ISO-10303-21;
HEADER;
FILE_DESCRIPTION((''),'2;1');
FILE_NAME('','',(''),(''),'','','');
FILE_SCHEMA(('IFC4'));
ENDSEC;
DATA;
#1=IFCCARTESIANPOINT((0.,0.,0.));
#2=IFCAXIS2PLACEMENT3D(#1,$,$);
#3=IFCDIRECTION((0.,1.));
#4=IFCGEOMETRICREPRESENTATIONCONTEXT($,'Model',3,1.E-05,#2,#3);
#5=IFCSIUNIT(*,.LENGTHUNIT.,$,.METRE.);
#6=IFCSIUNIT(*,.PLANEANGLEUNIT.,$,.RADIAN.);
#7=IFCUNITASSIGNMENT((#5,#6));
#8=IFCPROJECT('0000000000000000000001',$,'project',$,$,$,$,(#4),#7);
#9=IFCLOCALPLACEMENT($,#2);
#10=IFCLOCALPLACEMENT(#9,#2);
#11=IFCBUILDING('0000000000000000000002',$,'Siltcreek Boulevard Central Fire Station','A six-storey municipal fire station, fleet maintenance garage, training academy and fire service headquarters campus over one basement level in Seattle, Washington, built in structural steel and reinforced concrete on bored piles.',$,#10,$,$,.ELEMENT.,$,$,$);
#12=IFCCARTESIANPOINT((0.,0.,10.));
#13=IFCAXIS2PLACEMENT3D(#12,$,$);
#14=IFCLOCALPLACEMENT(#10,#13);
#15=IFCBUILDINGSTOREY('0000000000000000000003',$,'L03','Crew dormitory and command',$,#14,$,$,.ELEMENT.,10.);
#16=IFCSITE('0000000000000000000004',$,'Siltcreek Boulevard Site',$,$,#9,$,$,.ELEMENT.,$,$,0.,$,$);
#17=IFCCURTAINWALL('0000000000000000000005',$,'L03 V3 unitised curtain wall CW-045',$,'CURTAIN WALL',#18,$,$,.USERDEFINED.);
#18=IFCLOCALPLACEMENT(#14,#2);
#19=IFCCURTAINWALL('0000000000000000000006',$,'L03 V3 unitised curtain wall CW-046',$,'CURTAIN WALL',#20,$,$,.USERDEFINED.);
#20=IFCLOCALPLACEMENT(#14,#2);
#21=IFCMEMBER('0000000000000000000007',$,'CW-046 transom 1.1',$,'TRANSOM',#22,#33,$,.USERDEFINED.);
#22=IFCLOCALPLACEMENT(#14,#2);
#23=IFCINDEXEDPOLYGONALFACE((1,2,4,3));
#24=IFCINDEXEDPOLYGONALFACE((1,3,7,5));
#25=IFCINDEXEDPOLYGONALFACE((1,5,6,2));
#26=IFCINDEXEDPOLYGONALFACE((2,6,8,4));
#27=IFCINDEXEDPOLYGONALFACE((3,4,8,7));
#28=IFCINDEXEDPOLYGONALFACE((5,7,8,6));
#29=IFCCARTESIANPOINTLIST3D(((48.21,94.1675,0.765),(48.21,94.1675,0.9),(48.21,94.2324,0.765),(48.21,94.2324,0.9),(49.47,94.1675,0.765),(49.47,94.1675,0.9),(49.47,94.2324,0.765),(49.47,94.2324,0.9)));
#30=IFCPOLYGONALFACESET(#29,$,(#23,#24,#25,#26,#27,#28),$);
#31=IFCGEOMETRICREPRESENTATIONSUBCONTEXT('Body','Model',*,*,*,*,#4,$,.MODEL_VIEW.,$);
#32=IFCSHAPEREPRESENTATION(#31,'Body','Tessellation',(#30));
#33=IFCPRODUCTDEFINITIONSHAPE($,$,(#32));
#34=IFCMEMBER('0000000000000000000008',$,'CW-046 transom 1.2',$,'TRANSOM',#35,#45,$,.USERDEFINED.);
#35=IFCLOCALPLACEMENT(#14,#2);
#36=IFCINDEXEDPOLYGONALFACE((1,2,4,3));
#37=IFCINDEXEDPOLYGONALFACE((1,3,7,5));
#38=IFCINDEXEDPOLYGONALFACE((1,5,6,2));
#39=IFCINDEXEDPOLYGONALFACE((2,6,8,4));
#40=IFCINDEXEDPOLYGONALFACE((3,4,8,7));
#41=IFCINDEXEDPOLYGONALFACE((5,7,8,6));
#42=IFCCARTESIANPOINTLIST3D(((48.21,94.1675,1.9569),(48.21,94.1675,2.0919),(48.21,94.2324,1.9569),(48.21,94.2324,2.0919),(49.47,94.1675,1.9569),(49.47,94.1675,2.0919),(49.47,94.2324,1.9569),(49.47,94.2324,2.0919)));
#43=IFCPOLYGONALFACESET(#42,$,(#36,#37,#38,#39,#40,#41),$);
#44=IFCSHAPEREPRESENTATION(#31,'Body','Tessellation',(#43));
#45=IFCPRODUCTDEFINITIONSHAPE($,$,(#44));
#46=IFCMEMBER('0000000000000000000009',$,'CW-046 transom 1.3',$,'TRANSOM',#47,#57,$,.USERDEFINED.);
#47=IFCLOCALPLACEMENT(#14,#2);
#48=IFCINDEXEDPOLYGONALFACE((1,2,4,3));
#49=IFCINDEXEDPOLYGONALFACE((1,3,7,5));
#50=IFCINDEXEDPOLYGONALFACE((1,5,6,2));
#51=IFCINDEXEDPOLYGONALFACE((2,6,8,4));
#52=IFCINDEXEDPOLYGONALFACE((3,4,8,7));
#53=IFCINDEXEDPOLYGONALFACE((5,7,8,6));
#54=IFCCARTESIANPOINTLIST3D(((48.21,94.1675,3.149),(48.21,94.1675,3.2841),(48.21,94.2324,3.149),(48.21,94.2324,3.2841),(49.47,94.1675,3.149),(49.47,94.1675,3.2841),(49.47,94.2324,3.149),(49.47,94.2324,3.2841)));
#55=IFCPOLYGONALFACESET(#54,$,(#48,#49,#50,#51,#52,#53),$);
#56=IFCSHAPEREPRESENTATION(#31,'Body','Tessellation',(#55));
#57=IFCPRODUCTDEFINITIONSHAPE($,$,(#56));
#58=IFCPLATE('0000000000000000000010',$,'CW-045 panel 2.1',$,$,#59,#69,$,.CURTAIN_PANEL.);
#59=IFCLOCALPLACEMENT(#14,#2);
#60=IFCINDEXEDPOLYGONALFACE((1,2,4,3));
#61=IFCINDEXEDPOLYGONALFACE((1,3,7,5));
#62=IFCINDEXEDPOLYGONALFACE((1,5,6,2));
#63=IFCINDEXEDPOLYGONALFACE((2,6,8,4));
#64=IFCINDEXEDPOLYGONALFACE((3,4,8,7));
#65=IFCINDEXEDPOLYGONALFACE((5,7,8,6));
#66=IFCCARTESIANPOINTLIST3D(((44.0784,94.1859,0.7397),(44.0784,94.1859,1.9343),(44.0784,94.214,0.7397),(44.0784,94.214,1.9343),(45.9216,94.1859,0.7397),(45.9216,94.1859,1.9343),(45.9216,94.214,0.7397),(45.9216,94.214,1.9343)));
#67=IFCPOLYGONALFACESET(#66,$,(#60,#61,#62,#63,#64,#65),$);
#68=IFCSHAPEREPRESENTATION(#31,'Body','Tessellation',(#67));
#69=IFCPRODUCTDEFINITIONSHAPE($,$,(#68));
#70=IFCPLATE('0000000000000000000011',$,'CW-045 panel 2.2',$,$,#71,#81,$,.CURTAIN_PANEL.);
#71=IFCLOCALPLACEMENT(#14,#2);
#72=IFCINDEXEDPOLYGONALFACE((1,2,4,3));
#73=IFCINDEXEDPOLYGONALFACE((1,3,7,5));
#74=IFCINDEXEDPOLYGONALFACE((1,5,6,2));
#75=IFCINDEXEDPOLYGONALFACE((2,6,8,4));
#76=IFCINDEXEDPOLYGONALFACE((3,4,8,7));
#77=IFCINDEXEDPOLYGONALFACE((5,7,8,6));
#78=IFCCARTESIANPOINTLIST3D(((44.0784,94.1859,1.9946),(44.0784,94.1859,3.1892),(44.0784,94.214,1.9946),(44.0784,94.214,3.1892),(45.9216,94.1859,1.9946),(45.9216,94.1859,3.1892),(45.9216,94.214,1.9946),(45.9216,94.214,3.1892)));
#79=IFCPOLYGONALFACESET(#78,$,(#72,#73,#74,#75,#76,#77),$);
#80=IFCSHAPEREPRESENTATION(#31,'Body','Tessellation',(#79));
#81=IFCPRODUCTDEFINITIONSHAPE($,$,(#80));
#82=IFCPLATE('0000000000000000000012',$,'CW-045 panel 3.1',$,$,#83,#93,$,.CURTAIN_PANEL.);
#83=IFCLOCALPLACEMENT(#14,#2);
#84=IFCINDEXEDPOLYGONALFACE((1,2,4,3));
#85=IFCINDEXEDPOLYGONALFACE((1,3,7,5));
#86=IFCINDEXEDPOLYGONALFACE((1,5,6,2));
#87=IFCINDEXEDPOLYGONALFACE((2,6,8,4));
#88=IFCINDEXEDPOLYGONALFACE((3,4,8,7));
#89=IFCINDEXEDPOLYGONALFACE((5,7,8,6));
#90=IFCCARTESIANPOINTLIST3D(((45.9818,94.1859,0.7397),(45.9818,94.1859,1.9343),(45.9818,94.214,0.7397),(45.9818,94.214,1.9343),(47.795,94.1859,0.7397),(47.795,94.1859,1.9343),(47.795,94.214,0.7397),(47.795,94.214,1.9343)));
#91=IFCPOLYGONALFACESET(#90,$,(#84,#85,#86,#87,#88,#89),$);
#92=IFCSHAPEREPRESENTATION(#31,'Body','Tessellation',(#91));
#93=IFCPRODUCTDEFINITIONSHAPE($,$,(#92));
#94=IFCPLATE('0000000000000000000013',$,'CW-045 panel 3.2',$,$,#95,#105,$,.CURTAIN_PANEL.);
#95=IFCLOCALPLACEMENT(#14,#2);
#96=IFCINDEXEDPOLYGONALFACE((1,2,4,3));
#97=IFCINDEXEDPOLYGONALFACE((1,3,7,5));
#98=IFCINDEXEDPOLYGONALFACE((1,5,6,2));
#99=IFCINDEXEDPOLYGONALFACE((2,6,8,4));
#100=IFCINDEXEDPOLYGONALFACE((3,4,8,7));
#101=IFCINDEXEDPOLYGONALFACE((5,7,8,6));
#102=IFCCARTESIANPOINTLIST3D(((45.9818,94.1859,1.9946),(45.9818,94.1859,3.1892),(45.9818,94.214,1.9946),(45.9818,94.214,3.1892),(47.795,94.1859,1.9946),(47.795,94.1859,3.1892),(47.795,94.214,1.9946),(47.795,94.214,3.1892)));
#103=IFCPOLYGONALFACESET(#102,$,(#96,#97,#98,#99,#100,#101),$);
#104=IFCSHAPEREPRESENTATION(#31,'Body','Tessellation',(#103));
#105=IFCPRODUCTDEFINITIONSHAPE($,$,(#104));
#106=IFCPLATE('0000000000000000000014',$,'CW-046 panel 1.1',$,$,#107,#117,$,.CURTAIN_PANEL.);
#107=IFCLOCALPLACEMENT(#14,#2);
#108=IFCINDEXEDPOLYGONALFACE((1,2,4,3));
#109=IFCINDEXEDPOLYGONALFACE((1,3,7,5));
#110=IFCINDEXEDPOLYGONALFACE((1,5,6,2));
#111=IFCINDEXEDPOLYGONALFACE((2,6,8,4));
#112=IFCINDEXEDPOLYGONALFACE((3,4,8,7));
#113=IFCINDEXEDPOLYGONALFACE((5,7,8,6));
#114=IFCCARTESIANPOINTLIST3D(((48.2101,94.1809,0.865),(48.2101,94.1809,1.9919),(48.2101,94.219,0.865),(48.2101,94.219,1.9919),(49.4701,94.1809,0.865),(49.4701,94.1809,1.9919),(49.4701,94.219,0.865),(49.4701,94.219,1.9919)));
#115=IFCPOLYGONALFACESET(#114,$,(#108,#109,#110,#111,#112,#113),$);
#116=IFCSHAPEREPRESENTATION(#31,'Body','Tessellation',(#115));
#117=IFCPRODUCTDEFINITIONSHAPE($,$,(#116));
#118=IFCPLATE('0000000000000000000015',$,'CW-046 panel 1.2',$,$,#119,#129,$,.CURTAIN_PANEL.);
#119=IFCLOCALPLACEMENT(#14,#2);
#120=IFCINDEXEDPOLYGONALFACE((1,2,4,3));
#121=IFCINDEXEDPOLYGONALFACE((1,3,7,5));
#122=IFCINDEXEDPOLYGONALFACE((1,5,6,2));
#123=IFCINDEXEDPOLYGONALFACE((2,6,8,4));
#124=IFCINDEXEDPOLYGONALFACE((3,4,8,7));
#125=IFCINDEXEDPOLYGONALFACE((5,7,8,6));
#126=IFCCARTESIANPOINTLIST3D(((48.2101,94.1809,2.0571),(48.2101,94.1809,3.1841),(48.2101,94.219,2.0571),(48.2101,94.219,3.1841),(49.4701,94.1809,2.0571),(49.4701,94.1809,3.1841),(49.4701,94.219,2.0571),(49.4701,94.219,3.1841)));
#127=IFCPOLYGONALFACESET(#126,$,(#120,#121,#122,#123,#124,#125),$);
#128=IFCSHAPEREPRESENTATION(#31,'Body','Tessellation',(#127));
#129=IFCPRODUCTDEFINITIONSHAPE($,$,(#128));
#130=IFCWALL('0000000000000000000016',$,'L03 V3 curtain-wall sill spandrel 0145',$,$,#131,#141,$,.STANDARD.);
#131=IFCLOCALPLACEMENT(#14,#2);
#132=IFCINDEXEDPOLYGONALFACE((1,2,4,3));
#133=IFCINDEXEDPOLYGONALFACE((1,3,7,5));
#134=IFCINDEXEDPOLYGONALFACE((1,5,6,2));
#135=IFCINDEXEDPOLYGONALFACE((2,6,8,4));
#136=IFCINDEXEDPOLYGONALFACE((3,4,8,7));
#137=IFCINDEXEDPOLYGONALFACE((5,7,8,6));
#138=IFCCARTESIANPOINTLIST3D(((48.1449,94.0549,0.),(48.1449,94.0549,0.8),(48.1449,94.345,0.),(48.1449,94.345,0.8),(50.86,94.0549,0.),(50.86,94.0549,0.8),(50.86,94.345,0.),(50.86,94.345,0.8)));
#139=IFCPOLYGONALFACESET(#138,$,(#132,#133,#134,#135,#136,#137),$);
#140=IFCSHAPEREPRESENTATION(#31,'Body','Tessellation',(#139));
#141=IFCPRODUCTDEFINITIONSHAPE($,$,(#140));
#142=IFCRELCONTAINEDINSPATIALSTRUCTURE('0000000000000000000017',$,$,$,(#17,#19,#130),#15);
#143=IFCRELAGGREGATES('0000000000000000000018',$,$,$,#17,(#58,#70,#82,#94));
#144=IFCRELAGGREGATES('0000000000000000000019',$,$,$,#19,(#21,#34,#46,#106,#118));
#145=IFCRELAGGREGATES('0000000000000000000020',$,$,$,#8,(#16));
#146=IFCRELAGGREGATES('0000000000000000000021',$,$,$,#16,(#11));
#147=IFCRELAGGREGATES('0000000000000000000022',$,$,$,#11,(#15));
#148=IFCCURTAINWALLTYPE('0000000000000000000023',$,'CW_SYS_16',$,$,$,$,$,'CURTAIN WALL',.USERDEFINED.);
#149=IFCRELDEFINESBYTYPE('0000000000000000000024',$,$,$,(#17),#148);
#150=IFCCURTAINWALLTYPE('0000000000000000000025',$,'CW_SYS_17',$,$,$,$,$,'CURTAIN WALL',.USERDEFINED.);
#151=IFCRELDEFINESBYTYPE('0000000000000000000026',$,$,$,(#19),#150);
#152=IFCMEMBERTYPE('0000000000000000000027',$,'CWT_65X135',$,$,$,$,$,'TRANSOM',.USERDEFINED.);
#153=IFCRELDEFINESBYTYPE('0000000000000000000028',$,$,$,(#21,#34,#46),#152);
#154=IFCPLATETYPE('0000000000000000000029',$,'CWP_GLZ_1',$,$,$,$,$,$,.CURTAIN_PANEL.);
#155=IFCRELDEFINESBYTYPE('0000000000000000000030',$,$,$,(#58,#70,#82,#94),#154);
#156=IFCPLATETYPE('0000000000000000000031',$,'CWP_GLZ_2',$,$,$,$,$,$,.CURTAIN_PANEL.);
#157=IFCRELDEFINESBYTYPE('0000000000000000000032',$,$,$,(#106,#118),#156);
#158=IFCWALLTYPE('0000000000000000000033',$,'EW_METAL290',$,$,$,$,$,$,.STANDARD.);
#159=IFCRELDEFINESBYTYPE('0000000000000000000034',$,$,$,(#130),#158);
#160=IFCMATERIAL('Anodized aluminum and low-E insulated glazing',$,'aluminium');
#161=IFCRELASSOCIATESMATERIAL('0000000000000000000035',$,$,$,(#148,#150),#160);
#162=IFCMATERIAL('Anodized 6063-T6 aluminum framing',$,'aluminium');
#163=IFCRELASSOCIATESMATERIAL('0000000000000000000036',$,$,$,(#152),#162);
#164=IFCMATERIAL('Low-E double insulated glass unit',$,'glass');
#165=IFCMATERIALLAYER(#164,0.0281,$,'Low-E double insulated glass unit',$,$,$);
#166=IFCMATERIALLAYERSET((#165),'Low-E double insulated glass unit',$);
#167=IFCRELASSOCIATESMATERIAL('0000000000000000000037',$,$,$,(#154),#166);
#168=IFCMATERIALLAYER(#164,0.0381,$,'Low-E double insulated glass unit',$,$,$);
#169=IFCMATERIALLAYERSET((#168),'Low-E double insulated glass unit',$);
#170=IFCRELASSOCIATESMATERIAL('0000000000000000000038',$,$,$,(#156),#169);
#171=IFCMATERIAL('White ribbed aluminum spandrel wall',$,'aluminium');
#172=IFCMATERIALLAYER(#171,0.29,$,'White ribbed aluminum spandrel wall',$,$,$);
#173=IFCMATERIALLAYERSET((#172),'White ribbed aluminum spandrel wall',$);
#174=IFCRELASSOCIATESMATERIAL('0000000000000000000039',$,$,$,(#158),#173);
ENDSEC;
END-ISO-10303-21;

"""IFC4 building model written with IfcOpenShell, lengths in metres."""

from ifc_helpers import new_model, si_unit, direction, frame, frame_2d, origin, origin_2d, place, context, subcontext, project, spatial, rectangle, extrude, material, layer, layer_set, material_profile, profile_set, type_object, element, aggregate, save


model = new_model("IFC4")

# Units and contexts
model_context = context("Model", 3, precision=1e-05, world=origin(), true_north=direction((0.0, 1.0)))
body_context = subcontext(model_context, "Body", "Model", "MODEL_VIEW")
ifc_project = project(units=[si_unit("LENGTHUNIT", "METRE"), si_unit("PLANEANGLEUNIT", "RADIAN")], contexts=[model_context])

# Site, building, storey
site_placement = place(None, origin())
site = spatial("IfcSite", under=ifc_project, at=site_placement, Name="Siltcreek Boulevard Site", CompositionType="ELEMENT", RefElevation=0.0)
building_placement = place(site_placement, origin())
building = spatial("IfcBuilding", under=site, at=building_placement, Name="Siltcreek Boulevard Central Fire Station", Description="A six-storey municipal fire station, fleet maintenance garage, training academy and fire service headquarters campus over one basement level in Seattle, Washington, built in structural steel and reinforced concrete on bored piles.", CompositionType="ELEMENT")
storey_placement = place(building_placement, frame((0.0, 0.0, 10.0)))
storey = spatial("IfcBuildingStorey", under=building, at=storey_placement, Name="L03", Description="Crew dormitory and command", CompositionType="ELEMENT", Elevation=10.0)

# Curtain wall
ifc_material_1 = material(Name="Anodized aluminum and low-E insulated glazing", Category="aluminium")
curtain_wall_type_1 = type_object("IfcCurtainWallType", Name="CW_SYS_16", ElementType="CURTAIN WALL", PredefinedType="USERDEFINED", material=ifc_material_1)
curtain_wall_1_placement = place(storey_placement, origin())
curtain_wall_1 = element("IfcCurtainWall", 1, at=curtain_wall_1_placement, inside=storey, type_object=curtain_wall_type_1, Name="L03 V3 unitised curtain wall CW-045", ObjectType="CURTAIN WALL", PredefinedType="USERDEFINED")
ifc_material_2 = material(Name="Anodized 6063-T6 aluminum framing", Category="aluminium")

# Curtain wall
curtain_wall_type_2 = type_object("IfcCurtainWallType", Name="CW_SYS_17", ElementType="CURTAIN WALL", PredefinedType="USERDEFINED", material=ifc_material_1)
curtain_wall_2_placement = place(storey_placement, origin())
curtain_wall_2 = element("IfcCurtainWall", 2, at=curtain_wall_2_placement, inside=storey, type_object=curtain_wall_type_2, Name="L03 V3 unitised curtain wall CW-046", ObjectType="CURTAIN WALL", PredefinedType="USERDEFINED")

# Members
ifc_material_profile_1 = material_profile(ifc_material_2, rectangle(XDim=0.0649, YDim=0.135, at=origin_2d()), Name="TRAN65X135")
ifc_profile_set_1 = profile_set([ifc_material_profile_1], Name="Anodized 6063-T6 aluminum framing")
member_type_1 = type_object("IfcMemberType", Name="CWT_65X135", ElementType="TRANSOM", PredefinedType="USERDEFINED", material=ifc_profile_set_1)
member_1_placement = place(storey_placement, frame((48.21, 94.2, 0.8325), z_axis=(1.0, 0.0, 0.0), x_axis=(0.0, 1.0, 0.0)))
member_1 = element("IfcMember", 3, at=member_1_placement, type_object=member_type_1, Name="CW-046 transom 1.1", ObjectType="TRANSOM", PredefinedType="USERDEFINED", context=body_context, shape_type="SweptSolid", body=[
    extrude(rectangle(XDim=0.0649, YDim=0.135, at=origin_2d()), origin(), (0.0, 0.0, 1.0), 1.26),
])
member_2_placement = place(storey_placement, frame((48.21, 94.2, 2.0244), z_axis=(1.0, 0.0, 0.0), x_axis=(0.0, 1.0, 0.0)))
member_2 = element("IfcMember", 4, at=member_2_placement, type_object=member_type_1, Name="CW-046 transom 1.2", ObjectType="TRANSOM", PredefinedType="USERDEFINED", context=body_context, shape_type="SweptSolid", body=[
    extrude(rectangle(XDim=0.0649, YDim=0.135, at=origin_2d()), origin(), (0.0, 0.0, 1.0), 1.26),
])
member_3_placement = place(storey_placement, frame((48.21, 94.2, 3.2166), z_axis=(1.0, 0.0, 0.0), x_axis=(0.0, 1.0, 0.0)))
member_3 = element("IfcMember", 5, at=member_3_placement, type_object=member_type_1, Name="CW-046 transom 1.3", ObjectType="TRANSOM", PredefinedType="USERDEFINED", context=body_context, shape_type="SweptSolid", body=[
    extrude(rectangle(XDim=0.0649, YDim=0.135, at=origin_2d()), origin(), (0.0, 0.0, 1.0), 1.26),
])

# Plates
ifc_material_3 = material(Name="Low-E double insulated glass unit", Category="glass")
ifc_layer_1 = layer(ifc_material_3, 0.0281, Name="Low-E double insulated glass unit")
ifc_layer_set_1 = layer_set([ifc_layer_1], Name="Low-E double insulated glass unit")
plate_type_1 = type_object("IfcPlateType", Name="CWP_GLZ_1", PredefinedType="CURTAIN_PANEL", material=ifc_layer_set_1)
plate_1_placement = place(storey_placement, frame((45.0, 94.2, 0.7397), z_axis=(0.0, 0.0, 1.0), x_axis=(1.0, 0.0, 0.0)))
plate_1 = element("IfcPlate", 6, at=plate_1_placement, type_object=plate_type_1, Name="CW-045 panel 2.1", PredefinedType="CURTAIN_PANEL", context=body_context, shape_type="SweptSolid", body=[
    extrude(rectangle(XDim=1.8433, YDim=0.0281, at=origin_2d()), origin(), (0.0, 0.0, 1.0), 1.1946),
])
plate_2_placement = place(storey_placement, frame((45.0, 94.2, 1.9946), z_axis=(0.0, 0.0, 1.0), x_axis=(1.0, 0.0, 0.0)))
plate_2 = element("IfcPlate", 7, at=plate_2_placement, type_object=plate_type_1, Name="CW-045 panel 2.2", PredefinedType="CURTAIN_PANEL", context=body_context, shape_type="SweptSolid", body=[
    extrude(rectangle(XDim=1.8433, YDim=0.0281, at=origin_2d()), origin(), (0.0, 0.0, 1.0), 1.1946),
])
plate_3_placement = place(storey_placement, frame((46.8884, 94.2, 0.7397), z_axis=(0.0, 0.0, 1.0), x_axis=(1.0, 0.0, 0.0)))
plate_3 = element("IfcPlate", 8, at=plate_3_placement, type_object=plate_type_1, Name="CW-045 panel 3.1", PredefinedType="CURTAIN_PANEL", context=body_context, shape_type="SweptSolid", body=[
    extrude(rectangle(XDim=1.8132, YDim=0.0281, at=origin_2d()), origin(), (0.0, 0.0, 1.0), 1.1946),
])
plate_4_placement = place(storey_placement, frame((46.8884, 94.2, 1.9946), z_axis=(0.0, 0.0, 1.0), x_axis=(1.0, 0.0, 0.0)))
plate_4 = element("IfcPlate", 9, at=plate_4_placement, type_object=plate_type_1, Name="CW-045 panel 3.2", PredefinedType="CURTAIN_PANEL", context=body_context, shape_type="SweptSolid", body=[
    extrude(rectangle(XDim=1.8132, YDim=0.0281, at=origin_2d()), origin(), (0.0, 0.0, 1.0), 1.1946),
])
aggregate(curtain_wall_1, [plate_1, plate_2, plate_3, plate_4])
ifc_layer_2 = layer(ifc_material_3, 0.0381, Name="Low-E double insulated glass unit")
ifc_layer_set_2 = layer_set([ifc_layer_2], Name="Low-E double insulated glass unit")
plate_type_2 = type_object("IfcPlateType", Name="CWP_GLZ_2", PredefinedType="CURTAIN_PANEL", material=ifc_layer_set_2)
plate_5_placement = place(storey_placement, frame((48.8401, 94.2, 0.865), z_axis=(0.0, 0.0, 1.0), x_axis=(1.0, 0.0, 0.0)))
plate_5 = element("IfcPlate", 10, at=plate_5_placement, type_object=plate_type_2, Name="CW-046 panel 1.1", PredefinedType="CURTAIN_PANEL", context=body_context, shape_type="SweptSolid", body=[
    extrude(rectangle(XDim=1.26, YDim=0.0381, at=origin_2d()), origin(), (0.0, 0.0, 1.0), 1.127),
])
plate_6_placement = place(storey_placement, frame((48.8401, 94.2, 2.0571), z_axis=(0.0, 0.0, 1.0), x_axis=(1.0, 0.0, 0.0)))
plate_6 = element("IfcPlate", 11, at=plate_6_placement, type_object=plate_type_2, Name="CW-046 panel 1.2", PredefinedType="CURTAIN_PANEL", context=body_context, shape_type="SweptSolid", body=[
    extrude(rectangle(XDim=1.26, YDim=0.0381, at=origin_2d()), origin(), (0.0, 0.0, 1.0), 1.127),
])
aggregate(curtain_wall_2, [member_1, member_2, member_3, plate_5, plate_6])

# Wall
ifc_material_4 = material(Name="White ribbed aluminum spandrel wall", Category="aluminium")
ifc_layer_3 = layer(ifc_material_4, 0.29, Name="White ribbed aluminum spandrel wall")
ifc_layer_set_3 = layer_set([ifc_layer_3], Name="White ribbed aluminum spandrel wall")
wall_type = type_object("IfcWallType", Name="EW_METAL290", PredefinedType="STANDARD", material=ifc_layer_set_3)
wall_placement = place(storey_placement, frame((48.145, 94.2, 0.0), z_axis=(0.0, 0.0, 1.0), x_axis=(1.0, 0.0, 0.0)))
element("IfcWall", 12, at=wall_placement, inside=storey, type_object=wall_type, Name="L03 V3 curtain-wall sill spandrel 0145", PredefinedType="STANDARD", context=body_context, shape_type="SweptSolid", body=[
    extrude(rectangle(XDim=2.7151, YDim=0.29, at=frame_2d((1.3574, 0.0))), origin(), (0.0, 0.0, 1.0), 0.8),
])

save(model, "model.ifc")
